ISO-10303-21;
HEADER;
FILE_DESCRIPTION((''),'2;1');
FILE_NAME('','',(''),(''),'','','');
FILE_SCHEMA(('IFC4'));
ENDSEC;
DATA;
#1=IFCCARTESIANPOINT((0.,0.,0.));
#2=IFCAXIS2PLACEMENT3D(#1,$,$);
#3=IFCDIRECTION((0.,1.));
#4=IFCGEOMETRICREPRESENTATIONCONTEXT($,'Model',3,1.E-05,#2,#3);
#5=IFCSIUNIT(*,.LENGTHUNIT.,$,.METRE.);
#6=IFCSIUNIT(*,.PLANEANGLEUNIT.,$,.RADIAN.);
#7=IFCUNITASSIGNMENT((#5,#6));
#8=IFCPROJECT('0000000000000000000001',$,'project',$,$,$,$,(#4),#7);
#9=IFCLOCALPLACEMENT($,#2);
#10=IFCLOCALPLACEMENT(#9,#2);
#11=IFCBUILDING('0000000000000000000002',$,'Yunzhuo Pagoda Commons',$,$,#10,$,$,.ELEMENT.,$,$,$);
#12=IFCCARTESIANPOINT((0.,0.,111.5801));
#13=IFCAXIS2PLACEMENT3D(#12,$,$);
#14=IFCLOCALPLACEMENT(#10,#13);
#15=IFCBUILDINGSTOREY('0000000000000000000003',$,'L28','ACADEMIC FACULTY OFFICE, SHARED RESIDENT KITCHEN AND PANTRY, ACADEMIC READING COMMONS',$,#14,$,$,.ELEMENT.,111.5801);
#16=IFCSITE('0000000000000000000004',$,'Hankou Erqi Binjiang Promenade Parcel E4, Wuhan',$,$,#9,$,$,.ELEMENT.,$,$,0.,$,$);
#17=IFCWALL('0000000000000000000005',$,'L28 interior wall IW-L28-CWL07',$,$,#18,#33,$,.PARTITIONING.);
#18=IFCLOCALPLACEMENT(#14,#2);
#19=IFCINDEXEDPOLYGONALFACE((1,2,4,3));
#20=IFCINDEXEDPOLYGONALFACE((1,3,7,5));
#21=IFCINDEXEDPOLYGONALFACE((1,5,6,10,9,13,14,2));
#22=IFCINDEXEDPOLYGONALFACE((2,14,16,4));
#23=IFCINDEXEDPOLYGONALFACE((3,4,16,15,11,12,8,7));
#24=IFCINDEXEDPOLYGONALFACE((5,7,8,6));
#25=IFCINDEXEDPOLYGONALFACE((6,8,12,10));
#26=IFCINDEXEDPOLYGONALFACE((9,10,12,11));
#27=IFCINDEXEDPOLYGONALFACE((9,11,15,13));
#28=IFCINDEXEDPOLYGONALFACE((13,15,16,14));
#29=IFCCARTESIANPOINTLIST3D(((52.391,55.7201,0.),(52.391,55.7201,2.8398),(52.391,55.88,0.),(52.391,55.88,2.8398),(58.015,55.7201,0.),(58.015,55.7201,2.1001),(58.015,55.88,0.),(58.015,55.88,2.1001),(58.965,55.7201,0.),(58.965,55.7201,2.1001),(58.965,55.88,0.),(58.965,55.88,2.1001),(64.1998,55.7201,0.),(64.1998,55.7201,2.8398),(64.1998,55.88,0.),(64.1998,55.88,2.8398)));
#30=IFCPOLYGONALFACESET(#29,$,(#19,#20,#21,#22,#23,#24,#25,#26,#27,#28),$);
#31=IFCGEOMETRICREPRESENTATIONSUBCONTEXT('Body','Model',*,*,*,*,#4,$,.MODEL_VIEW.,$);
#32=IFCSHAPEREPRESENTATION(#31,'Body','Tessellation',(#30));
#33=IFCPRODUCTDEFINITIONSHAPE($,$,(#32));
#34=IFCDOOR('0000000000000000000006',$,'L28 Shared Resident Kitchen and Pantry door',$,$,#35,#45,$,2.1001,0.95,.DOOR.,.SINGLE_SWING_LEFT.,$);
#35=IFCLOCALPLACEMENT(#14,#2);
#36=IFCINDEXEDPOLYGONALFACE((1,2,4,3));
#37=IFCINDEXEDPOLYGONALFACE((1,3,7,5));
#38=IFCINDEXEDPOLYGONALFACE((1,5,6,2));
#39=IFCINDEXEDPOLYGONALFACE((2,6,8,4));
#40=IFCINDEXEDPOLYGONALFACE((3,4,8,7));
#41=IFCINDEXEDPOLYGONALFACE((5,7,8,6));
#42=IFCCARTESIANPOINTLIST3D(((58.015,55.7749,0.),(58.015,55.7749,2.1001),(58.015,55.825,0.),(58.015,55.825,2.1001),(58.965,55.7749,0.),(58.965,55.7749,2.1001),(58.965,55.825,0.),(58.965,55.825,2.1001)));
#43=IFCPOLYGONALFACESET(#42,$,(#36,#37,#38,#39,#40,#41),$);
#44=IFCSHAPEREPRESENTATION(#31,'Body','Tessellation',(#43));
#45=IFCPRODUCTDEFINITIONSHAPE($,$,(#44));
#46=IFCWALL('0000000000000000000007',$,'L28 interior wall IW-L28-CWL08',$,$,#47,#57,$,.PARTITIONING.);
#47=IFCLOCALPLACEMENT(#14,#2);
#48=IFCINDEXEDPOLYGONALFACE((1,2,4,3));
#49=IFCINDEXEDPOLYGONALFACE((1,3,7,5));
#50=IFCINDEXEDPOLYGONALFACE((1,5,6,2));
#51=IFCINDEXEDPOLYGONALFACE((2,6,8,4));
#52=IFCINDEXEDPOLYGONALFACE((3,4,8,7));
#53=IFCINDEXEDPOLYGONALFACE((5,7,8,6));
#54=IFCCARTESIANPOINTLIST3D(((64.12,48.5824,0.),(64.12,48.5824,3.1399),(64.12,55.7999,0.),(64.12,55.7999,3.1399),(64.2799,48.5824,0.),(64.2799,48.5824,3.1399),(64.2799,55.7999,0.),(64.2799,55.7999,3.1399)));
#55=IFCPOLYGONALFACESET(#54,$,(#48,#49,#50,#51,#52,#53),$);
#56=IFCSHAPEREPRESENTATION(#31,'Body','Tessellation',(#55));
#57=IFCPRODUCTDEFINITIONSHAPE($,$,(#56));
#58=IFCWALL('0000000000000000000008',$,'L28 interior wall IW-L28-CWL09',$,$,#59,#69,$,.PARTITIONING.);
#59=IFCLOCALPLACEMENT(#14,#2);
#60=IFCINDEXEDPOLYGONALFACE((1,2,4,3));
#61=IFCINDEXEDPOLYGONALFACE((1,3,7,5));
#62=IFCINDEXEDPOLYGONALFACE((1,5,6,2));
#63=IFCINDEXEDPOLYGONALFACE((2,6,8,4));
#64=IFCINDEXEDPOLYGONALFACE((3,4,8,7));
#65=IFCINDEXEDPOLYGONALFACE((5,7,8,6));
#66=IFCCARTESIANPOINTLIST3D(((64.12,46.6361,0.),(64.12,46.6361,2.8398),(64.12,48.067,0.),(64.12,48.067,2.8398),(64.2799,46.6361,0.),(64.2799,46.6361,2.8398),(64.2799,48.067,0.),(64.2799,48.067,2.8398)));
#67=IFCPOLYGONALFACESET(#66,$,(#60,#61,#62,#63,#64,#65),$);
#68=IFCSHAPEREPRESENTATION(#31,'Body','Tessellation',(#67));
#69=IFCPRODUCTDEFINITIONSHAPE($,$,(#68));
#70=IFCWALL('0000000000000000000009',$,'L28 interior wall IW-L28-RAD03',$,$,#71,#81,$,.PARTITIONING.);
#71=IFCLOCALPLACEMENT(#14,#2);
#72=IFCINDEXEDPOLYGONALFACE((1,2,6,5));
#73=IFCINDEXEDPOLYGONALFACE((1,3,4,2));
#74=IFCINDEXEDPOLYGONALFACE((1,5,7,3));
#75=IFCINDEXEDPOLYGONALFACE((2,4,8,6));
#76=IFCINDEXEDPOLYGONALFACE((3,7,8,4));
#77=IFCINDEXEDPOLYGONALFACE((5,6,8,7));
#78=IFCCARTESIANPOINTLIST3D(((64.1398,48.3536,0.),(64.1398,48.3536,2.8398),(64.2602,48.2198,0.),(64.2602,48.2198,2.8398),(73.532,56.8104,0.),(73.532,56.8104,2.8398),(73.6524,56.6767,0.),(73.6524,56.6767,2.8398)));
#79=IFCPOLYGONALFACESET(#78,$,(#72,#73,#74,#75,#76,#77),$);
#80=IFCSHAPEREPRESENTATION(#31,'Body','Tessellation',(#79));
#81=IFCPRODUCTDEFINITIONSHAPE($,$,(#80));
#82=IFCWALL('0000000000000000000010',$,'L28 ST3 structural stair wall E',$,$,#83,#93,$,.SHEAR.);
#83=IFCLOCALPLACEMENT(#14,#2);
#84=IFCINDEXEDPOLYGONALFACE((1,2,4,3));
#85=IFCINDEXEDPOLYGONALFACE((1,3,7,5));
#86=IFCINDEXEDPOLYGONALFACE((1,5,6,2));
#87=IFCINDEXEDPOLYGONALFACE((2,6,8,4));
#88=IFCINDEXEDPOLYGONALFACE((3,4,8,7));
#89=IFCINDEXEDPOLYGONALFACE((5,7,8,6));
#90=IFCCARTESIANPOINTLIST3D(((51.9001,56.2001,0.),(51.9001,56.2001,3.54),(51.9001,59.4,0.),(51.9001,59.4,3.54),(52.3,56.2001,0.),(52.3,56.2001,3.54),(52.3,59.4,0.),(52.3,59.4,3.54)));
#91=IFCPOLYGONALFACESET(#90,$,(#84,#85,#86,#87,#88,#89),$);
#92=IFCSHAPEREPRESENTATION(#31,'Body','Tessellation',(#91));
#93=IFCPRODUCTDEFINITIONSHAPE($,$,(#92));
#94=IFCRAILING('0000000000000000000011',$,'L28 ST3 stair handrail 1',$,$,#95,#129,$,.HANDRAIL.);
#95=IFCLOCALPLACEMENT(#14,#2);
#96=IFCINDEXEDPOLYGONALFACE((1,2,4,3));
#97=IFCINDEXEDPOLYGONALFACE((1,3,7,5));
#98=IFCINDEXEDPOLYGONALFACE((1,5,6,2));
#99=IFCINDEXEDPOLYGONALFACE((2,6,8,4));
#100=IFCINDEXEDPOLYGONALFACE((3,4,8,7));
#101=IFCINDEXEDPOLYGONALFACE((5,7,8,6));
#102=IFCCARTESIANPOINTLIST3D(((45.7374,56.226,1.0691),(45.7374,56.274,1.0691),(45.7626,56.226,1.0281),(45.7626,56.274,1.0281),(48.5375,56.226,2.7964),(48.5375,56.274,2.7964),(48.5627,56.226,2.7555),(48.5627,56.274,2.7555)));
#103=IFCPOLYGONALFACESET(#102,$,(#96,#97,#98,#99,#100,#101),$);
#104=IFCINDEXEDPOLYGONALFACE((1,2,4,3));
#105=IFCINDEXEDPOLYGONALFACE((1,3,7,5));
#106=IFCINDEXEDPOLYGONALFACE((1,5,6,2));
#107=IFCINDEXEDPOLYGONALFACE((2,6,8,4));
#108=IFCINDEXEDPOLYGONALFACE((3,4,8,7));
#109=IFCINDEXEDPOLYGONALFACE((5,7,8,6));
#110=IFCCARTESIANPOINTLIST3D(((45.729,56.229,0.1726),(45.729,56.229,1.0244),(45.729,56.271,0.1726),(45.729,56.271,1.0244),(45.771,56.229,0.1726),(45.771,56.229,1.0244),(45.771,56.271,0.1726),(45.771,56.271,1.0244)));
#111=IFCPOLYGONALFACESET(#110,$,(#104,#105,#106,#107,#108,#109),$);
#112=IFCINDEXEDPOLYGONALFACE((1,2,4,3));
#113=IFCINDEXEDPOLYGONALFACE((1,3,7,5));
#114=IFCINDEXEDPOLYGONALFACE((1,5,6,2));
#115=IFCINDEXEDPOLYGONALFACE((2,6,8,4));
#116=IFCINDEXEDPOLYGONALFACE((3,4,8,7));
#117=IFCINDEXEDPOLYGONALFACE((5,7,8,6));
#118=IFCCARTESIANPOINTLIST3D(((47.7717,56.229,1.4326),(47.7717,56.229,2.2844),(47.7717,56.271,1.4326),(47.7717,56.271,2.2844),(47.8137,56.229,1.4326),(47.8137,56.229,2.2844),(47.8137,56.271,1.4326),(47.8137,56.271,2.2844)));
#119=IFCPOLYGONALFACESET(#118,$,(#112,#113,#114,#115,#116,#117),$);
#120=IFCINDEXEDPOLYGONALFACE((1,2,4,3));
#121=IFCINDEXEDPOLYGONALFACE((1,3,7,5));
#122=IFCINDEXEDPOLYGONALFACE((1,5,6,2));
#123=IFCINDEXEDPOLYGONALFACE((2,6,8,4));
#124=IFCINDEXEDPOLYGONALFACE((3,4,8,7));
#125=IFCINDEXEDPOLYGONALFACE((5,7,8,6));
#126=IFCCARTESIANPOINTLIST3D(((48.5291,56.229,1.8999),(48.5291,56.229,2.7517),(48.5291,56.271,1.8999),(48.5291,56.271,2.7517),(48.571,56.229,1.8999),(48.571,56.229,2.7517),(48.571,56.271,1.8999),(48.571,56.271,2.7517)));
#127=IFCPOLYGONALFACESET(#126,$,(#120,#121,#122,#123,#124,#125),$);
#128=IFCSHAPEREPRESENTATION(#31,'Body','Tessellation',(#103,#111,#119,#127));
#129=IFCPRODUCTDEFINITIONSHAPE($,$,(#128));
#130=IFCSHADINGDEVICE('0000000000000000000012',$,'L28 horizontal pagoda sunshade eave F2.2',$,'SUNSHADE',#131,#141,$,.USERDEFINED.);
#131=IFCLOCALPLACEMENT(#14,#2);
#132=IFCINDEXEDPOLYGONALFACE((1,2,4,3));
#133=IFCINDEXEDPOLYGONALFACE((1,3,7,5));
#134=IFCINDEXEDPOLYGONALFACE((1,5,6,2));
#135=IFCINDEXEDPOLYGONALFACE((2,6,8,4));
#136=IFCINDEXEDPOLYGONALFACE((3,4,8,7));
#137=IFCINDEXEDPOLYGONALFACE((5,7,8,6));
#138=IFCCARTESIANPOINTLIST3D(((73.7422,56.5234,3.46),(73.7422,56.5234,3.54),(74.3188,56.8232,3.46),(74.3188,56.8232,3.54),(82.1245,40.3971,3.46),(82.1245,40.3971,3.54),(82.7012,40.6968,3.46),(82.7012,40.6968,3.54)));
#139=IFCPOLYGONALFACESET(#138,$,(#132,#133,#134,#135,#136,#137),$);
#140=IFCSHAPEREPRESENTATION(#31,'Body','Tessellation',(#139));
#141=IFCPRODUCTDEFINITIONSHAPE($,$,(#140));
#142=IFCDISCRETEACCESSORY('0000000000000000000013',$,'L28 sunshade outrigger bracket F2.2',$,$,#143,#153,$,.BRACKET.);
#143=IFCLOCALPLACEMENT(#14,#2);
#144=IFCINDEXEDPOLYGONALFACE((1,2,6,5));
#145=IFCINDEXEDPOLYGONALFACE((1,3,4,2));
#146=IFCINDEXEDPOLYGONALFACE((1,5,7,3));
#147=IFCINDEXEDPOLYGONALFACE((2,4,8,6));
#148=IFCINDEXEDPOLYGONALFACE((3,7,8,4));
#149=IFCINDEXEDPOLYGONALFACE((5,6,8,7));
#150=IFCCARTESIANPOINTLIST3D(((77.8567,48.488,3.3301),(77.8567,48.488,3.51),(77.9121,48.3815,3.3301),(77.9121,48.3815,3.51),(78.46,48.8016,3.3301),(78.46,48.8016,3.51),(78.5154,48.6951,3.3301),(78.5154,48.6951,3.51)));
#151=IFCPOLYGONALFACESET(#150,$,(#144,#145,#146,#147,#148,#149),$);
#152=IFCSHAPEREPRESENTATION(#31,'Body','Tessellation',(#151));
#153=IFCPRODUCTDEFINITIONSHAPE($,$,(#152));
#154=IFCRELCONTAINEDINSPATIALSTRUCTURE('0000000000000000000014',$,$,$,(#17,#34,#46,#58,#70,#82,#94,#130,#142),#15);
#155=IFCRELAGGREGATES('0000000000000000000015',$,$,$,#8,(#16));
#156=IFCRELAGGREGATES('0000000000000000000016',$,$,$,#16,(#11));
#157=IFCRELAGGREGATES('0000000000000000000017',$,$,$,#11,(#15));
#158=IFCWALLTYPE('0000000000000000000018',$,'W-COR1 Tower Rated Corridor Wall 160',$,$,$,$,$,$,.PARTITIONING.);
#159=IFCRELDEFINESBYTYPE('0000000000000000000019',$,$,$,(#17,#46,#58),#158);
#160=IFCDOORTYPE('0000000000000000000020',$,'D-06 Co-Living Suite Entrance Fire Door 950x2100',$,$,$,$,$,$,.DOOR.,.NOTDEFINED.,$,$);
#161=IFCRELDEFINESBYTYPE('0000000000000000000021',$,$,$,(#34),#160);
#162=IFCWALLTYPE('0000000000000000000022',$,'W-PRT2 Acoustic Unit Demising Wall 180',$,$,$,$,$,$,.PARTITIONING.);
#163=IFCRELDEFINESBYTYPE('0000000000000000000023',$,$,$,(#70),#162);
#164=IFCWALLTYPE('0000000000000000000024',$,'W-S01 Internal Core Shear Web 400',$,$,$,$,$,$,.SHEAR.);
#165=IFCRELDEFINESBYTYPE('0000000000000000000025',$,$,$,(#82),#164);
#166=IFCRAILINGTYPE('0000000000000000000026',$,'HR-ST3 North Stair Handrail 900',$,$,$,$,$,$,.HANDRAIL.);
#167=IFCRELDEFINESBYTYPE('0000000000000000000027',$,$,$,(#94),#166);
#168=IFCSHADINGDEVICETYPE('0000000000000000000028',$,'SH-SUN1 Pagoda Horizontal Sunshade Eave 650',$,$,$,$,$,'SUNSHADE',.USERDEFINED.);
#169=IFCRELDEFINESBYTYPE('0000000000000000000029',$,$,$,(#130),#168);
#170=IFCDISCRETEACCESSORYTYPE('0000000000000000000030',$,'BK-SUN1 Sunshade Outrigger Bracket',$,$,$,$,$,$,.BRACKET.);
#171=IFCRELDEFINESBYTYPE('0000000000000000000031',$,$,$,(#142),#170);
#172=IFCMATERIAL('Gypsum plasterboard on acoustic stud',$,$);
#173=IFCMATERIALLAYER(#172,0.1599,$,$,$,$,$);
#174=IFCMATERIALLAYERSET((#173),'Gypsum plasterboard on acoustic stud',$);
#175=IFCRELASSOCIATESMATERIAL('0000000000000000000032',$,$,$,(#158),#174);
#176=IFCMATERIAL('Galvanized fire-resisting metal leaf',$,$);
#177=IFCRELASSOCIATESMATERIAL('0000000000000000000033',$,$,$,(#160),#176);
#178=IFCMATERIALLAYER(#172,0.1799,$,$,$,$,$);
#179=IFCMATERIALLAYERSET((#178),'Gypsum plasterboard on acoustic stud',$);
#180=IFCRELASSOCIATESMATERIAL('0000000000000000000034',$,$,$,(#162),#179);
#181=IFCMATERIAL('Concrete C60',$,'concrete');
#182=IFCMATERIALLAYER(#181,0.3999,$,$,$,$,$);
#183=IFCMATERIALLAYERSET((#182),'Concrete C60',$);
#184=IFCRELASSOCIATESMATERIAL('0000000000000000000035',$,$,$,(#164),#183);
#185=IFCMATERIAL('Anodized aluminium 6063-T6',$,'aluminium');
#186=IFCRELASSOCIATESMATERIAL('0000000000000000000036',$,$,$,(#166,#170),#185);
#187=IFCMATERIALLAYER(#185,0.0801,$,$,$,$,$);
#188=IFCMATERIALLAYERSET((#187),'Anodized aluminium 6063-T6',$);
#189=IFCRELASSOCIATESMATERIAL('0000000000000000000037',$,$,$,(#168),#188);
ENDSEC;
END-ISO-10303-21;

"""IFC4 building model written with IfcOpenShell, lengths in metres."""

from ifc_helpers import new_model, si_unit, direction, frame, frame_2d, origin, origin_with_axes, origin_2d, place, context, subcontext, project, spatial, rectangle, extrude, source, transform, mapped, material, layer, layer_set, type_object, element, fill, save


model = new_model("IFC4")

# Units and contexts
model_context = context("Model", 3, precision=1e-05, world=origin(), true_north=direction((0.0, 1.0)))
body_context = subcontext(model_context, "Body", "Model", "MODEL_VIEW")
ifc_project = project(units=[si_unit("LENGTHUNIT", "METRE"), si_unit("PLANEANGLEUNIT", "RADIAN")], contexts=[model_context])

# Site, building, storey
site_placement = place(None, origin())
site = spatial("IfcSite", under=ifc_project, at=site_placement, Name="Hankou Erqi Binjiang Promenade Parcel E4, Wuhan", CompositionType="ELEMENT", RefElevation=0.0)
building_placement = place(site_placement, origin())
building = spatial("IfcBuilding", under=site, at=building_placement, Name="Yunzhuo Pagoda Commons", CompositionType="ELEMENT")
storey_placement = place(building_placement, frame((0.0, 0.0, 111.5801)))
storey = spatial("IfcBuildingStorey", under=building, at=storey_placement, Name="L28", Description="ACADEMIC FACULTY OFFICE, SHARED RESIDENT KITCHEN AND PANTRY, ACADEMIC READING COMMONS", CompositionType="ELEMENT", Elevation=111.5801)

# Shared definitions
ifc_material_1 = material(Name="Anodized aluminium 6063-T6", Category="aluminium")

# Shared definitions
ifc_material_2 = material(Name="Gypsum plasterboard on acoustic stud")
ifc_layer_1 = layer(ifc_material_2, 0.1599)
ifc_layer_set_1 = layer_set([ifc_layer_1], Name="Gypsum plasterboard on acoustic stud")
wall_type_1 = type_object("IfcWallType", Name="W-COR1 Tower Rated Corridor Wall 160", PredefinedType="PARTITIONING", material=ifc_layer_set_1)

# Wall, opening, door
wall_1_placement = place(storey_placement, frame((52.3911, 55.8, 0.0), z_axis=(0.0, 0.0, 1.0), x_axis=(1.0, 0.0, 0.0)))
wall_1 = element("IfcWall", 1, at=wall_1_placement, inside=storey, type_object=wall_type_1, Name="L28 interior wall IW-L28-CWL07", PredefinedType="PARTITIONING", context=body_context, shape_type="SweptSolid", body=[
    extrude(rectangle(XDim=11.8088, YDim=0.1599, at=frame_2d((5.9043, 0.0))), origin(), (0.0, 0.0, 1.0), 2.8398),
])
opening_placement = place(wall_1_placement, frame((5.6238, 0.0, 0.0)))
opening = element("IfcOpeningElement", 2, at=opening_placement, cuts=wall_1, PredefinedType="OPENING", context=body_context, shape_type="SweptSolid", body=[
    extrude(rectangle(XDim=0.95, YDim=2.1001, at=frame_2d((0.4751, 1.05))), frame((0.0, 0.0898, 0.0), z_axis=(0.0, -1.0, 0.0), x_axis=(1.0, 0.0, 0.0)), (0.0, 0.0, 1.0), 0.1799),
])
ifc_material_3 = material(Name="Galvanized fire-resisting metal leaf")
door_type = type_object("IfcDoorType", Name="D-06 Co-Living Suite Entrance Fire Door 950x2100", OperationType="NOTDEFINED", PredefinedType="DOOR", material=ifc_material_3)
shared_shape_1 = source(origin(), body_context, "Body", "SweptSolid", [
    extrude(rectangle(XDim=0.95, YDim=2.1001, at=frame_2d((0.4751, 1.05))), frame((0.0, 0.0249, 0.0), z_axis=(0.0, -1.0, 0.0), x_axis=(1.0, 0.0, 0.0)), (0.0, 0.0, 1.0), 0.05),
])
door_placement = place(opening_placement, origin_with_axes())
door = element("IfcDoor", 3, at=door_placement, inside=storey, type_object=door_type, Name="L28 Shared Resident Kitchen and Pantry door", OperationType="SINGLE_SWING_LEFT", OverallHeight=2.1001, OverallWidth=0.95, PredefinedType="DOOR", context=body_context, shape_type="MappedRepresentation", body=[
    mapped(shared_shape_1, transform((0.0, 0.0, 0.0), scale=1.0)),
])
fill(opening, door)

# Walls
wall_2_placement = place(storey_placement, frame((64.2, 55.8, 0.0), z_axis=(0.0, 0.0, 1.0), x_axis=(0.0, -1.0, 0.0)))
element("IfcWall", 4, at=wall_2_placement, inside=storey, type_object=wall_type_1, Name="L28 interior wall IW-L28-CWL08", PredefinedType="PARTITIONING", context=body_context, shape_type="SweptSolid", body=[
    extrude(rectangle(XDim=7.2175, YDim=0.1599, at=frame_2d((3.6089, 0.0))), origin(), (0.0, 0.0, 1.0), 3.1399),
])
wall_3_placement = place(storey_placement, frame((64.2, 48.0669, 0.0), z_axis=(0.0, 0.0, 1.0), x_axis=(0.0, -1.0, 0.0)))
element("IfcWall", 5, at=wall_3_placement, inside=storey, type_object=wall_type_1, Name="L28 interior wall IW-L28-CWL09", PredefinedType="PARTITIONING", context=body_context, shape_type="SweptSolid", body=[
    extrude(rectangle(XDim=1.4309, YDim=0.1599, at=frame_2d((0.7153, 0.0))), origin(), (0.0, 0.0, 1.0), 2.8398),
])
ifc_layer_2 = layer(ifc_material_2, 0.1799)
ifc_layer_set_2 = layer_set([ifc_layer_2], Name="Gypsum plasterboard on acoustic stud")
wall_type_2 = type_object("IfcWallType", Name="W-PRT2 Acoustic Unit Demising Wall 180", PredefinedType="PARTITIONING", material=ifc_layer_set_2)
wall_4_placement = place(storey_placement, frame((64.2, 48.2866, 0.0), z_axis=(0.0, 0.0, 1.0), x_axis=(0.74314, 0.669135, 0.0)))
element("IfcWall", 6, at=wall_4_placement, inside=storey, type_object=wall_type_2, Name="L28 interior wall IW-L28-RAD03", PredefinedType="PARTITIONING", context=body_context, shape_type="SweptSolid", body=[
    extrude(rectangle(XDim=12.6384, YDim=0.1799, at=frame_2d((6.3193, 0.0))), origin(), (0.0, 0.0, 1.0), 2.8398),
])
ifc_material_4 = material(Name="Concrete C60", Category="concrete")
ifc_layer_3 = layer(ifc_material_4, 0.3999)
ifc_layer_set_3 = layer_set([ifc_layer_3], Name="Concrete C60")
wall_type_3 = type_object("IfcWallType", Name="W-S01 Internal Core Shear Web 400", PredefinedType="SHEAR", material=ifc_layer_set_3)
wall_5_placement = place(storey_placement, frame((52.1001, 56.2, 0.0), z_axis=(0.0, 0.0, 1.0), x_axis=(0.0, 1.0, 0.0)))
element("IfcWall", 7, at=wall_5_placement, inside=storey, type_object=wall_type_3, Name="L28 ST3 structural stair wall E", PredefinedType="SHEAR", context=body_context, shape_type="SweptSolid", body=[
    extrude(rectangle(XDim=3.2, YDim=0.3999, at=frame_2d((1.6001, 0.0))), origin(), (0.0, 0.0, 1.0), 3.54),
])

# Railing
railing_type = type_object("IfcRailingType", Name="HR-ST3 North Stair Handrail 900", PredefinedType="HANDRAIL", material=ifc_material_1)
railing_placement = place(storey_placement, frame((45.75, 56.25, 0.1726)))
element("IfcRailing", 8, at=railing_placement, inside=storey, type_object=railing_type, Name="L28 ST3 stair handrail 1", PredefinedType="HANDRAIL", context=body_context, shape_type="SweptSolid", body=[
    extrude(rectangle(XDim=0.0481, YDim=0.0481, at=origin_2d()), frame((0.0, 0.0, 0.876), z_axis=(0.85109, 0.0, 0.52502), x_axis=(0.0, 1.0, 0.0)), (0.0, 0.0, 1.0), 3.29),
    extrude(rectangle(XDim=0.042, YDim=0.042, at=origin_2d()), origin(), (0.0, 0.0, 1.0), 0.8518),
    extrude(rectangle(XDim=0.042, YDim=0.042, at=origin_2d()), frame((2.0427, 0.0, 1.26)), (0.0, 0.0, 1.0), 0.8518),
    extrude(rectangle(XDim=0.042, YDim=0.042, at=origin_2d()), frame((2.8, 0.0, 1.7273)), (0.0, 0.0, 1.0), 0.8518),
])

# Shading device
ifc_layer_4 = layer(ifc_material_1, 0.0801)
ifc_layer_set_4 = layer_set([ifc_layer_4], Name="Anodized aluminium 6063-T6")
shading_device_type = type_object("IfcShadingDeviceType", Name="SH-SUN1 Pagoda Horizontal Sunshade Eave 650", ElementType="SUNSHADE", PredefinedType="USERDEFINED", material=ifc_layer_set_4)
shared_shape_2 = source(origin(), body_context, "Body", "SweptSolid", [
    extrude(rectangle(XDim=18.1748, YDim=0.6499, at=origin_2d()), origin(), (0.0, 0.0, 1.0), 0.0801),
])
shading_device_placement = place(storey_placement, frame((78.2217, 48.6101, 3.46), z_axis=(0.0, 0.0, 1.0), x_axis=(-0.461207, 0.887293, 0.0)))
element("IfcShadingDevice", 9, at=shading_device_placement, inside=storey, type_object=shading_device_type, Name="L28 horizontal pagoda sunshade eave F2.2", ObjectType="SUNSHADE", PredefinedType="USERDEFINED", context=body_context, shape_type="MappedRepresentation", body=[
    mapped(shared_shape_2, transform((0.0, 0.0, 0.0), scale=1.0)),
])

# Discrete accessory
discrete_accessory_type = type_object("IfcDiscreteAccessoryType", Name="BK-SUN1 Sunshade Outrigger Bracket", PredefinedType="BRACKET", material=ifc_material_1)
shared_shape_3 = source(origin(), body_context, "Body", "SweptSolid", [
    extrude(rectangle(XDim=0.1201, YDim=0.6799, at=origin_2d()), origin(), (0.0, 0.0, 1.0), 0.1799),
])
discrete_accessory_placement = place(storey_placement, frame((78.186, 48.5916, 3.3301), z_axis=(0.0, 0.0, 1.0), x_axis=(-0.461207, 0.887293, 0.0)))
element("IfcDiscreteAccessory", 10, at=discrete_accessory_placement, inside=storey, type_object=discrete_accessory_type, Name="L28 sunshade outrigger bracket F2.2", PredefinedType="BRACKET", context=body_context, shape_type="MappedRepresentation", body=[
    mapped(shared_shape_3, transform((0.0, 0.0, 0.0), scale=1.0)),
])

save(model, "model.ifc")
